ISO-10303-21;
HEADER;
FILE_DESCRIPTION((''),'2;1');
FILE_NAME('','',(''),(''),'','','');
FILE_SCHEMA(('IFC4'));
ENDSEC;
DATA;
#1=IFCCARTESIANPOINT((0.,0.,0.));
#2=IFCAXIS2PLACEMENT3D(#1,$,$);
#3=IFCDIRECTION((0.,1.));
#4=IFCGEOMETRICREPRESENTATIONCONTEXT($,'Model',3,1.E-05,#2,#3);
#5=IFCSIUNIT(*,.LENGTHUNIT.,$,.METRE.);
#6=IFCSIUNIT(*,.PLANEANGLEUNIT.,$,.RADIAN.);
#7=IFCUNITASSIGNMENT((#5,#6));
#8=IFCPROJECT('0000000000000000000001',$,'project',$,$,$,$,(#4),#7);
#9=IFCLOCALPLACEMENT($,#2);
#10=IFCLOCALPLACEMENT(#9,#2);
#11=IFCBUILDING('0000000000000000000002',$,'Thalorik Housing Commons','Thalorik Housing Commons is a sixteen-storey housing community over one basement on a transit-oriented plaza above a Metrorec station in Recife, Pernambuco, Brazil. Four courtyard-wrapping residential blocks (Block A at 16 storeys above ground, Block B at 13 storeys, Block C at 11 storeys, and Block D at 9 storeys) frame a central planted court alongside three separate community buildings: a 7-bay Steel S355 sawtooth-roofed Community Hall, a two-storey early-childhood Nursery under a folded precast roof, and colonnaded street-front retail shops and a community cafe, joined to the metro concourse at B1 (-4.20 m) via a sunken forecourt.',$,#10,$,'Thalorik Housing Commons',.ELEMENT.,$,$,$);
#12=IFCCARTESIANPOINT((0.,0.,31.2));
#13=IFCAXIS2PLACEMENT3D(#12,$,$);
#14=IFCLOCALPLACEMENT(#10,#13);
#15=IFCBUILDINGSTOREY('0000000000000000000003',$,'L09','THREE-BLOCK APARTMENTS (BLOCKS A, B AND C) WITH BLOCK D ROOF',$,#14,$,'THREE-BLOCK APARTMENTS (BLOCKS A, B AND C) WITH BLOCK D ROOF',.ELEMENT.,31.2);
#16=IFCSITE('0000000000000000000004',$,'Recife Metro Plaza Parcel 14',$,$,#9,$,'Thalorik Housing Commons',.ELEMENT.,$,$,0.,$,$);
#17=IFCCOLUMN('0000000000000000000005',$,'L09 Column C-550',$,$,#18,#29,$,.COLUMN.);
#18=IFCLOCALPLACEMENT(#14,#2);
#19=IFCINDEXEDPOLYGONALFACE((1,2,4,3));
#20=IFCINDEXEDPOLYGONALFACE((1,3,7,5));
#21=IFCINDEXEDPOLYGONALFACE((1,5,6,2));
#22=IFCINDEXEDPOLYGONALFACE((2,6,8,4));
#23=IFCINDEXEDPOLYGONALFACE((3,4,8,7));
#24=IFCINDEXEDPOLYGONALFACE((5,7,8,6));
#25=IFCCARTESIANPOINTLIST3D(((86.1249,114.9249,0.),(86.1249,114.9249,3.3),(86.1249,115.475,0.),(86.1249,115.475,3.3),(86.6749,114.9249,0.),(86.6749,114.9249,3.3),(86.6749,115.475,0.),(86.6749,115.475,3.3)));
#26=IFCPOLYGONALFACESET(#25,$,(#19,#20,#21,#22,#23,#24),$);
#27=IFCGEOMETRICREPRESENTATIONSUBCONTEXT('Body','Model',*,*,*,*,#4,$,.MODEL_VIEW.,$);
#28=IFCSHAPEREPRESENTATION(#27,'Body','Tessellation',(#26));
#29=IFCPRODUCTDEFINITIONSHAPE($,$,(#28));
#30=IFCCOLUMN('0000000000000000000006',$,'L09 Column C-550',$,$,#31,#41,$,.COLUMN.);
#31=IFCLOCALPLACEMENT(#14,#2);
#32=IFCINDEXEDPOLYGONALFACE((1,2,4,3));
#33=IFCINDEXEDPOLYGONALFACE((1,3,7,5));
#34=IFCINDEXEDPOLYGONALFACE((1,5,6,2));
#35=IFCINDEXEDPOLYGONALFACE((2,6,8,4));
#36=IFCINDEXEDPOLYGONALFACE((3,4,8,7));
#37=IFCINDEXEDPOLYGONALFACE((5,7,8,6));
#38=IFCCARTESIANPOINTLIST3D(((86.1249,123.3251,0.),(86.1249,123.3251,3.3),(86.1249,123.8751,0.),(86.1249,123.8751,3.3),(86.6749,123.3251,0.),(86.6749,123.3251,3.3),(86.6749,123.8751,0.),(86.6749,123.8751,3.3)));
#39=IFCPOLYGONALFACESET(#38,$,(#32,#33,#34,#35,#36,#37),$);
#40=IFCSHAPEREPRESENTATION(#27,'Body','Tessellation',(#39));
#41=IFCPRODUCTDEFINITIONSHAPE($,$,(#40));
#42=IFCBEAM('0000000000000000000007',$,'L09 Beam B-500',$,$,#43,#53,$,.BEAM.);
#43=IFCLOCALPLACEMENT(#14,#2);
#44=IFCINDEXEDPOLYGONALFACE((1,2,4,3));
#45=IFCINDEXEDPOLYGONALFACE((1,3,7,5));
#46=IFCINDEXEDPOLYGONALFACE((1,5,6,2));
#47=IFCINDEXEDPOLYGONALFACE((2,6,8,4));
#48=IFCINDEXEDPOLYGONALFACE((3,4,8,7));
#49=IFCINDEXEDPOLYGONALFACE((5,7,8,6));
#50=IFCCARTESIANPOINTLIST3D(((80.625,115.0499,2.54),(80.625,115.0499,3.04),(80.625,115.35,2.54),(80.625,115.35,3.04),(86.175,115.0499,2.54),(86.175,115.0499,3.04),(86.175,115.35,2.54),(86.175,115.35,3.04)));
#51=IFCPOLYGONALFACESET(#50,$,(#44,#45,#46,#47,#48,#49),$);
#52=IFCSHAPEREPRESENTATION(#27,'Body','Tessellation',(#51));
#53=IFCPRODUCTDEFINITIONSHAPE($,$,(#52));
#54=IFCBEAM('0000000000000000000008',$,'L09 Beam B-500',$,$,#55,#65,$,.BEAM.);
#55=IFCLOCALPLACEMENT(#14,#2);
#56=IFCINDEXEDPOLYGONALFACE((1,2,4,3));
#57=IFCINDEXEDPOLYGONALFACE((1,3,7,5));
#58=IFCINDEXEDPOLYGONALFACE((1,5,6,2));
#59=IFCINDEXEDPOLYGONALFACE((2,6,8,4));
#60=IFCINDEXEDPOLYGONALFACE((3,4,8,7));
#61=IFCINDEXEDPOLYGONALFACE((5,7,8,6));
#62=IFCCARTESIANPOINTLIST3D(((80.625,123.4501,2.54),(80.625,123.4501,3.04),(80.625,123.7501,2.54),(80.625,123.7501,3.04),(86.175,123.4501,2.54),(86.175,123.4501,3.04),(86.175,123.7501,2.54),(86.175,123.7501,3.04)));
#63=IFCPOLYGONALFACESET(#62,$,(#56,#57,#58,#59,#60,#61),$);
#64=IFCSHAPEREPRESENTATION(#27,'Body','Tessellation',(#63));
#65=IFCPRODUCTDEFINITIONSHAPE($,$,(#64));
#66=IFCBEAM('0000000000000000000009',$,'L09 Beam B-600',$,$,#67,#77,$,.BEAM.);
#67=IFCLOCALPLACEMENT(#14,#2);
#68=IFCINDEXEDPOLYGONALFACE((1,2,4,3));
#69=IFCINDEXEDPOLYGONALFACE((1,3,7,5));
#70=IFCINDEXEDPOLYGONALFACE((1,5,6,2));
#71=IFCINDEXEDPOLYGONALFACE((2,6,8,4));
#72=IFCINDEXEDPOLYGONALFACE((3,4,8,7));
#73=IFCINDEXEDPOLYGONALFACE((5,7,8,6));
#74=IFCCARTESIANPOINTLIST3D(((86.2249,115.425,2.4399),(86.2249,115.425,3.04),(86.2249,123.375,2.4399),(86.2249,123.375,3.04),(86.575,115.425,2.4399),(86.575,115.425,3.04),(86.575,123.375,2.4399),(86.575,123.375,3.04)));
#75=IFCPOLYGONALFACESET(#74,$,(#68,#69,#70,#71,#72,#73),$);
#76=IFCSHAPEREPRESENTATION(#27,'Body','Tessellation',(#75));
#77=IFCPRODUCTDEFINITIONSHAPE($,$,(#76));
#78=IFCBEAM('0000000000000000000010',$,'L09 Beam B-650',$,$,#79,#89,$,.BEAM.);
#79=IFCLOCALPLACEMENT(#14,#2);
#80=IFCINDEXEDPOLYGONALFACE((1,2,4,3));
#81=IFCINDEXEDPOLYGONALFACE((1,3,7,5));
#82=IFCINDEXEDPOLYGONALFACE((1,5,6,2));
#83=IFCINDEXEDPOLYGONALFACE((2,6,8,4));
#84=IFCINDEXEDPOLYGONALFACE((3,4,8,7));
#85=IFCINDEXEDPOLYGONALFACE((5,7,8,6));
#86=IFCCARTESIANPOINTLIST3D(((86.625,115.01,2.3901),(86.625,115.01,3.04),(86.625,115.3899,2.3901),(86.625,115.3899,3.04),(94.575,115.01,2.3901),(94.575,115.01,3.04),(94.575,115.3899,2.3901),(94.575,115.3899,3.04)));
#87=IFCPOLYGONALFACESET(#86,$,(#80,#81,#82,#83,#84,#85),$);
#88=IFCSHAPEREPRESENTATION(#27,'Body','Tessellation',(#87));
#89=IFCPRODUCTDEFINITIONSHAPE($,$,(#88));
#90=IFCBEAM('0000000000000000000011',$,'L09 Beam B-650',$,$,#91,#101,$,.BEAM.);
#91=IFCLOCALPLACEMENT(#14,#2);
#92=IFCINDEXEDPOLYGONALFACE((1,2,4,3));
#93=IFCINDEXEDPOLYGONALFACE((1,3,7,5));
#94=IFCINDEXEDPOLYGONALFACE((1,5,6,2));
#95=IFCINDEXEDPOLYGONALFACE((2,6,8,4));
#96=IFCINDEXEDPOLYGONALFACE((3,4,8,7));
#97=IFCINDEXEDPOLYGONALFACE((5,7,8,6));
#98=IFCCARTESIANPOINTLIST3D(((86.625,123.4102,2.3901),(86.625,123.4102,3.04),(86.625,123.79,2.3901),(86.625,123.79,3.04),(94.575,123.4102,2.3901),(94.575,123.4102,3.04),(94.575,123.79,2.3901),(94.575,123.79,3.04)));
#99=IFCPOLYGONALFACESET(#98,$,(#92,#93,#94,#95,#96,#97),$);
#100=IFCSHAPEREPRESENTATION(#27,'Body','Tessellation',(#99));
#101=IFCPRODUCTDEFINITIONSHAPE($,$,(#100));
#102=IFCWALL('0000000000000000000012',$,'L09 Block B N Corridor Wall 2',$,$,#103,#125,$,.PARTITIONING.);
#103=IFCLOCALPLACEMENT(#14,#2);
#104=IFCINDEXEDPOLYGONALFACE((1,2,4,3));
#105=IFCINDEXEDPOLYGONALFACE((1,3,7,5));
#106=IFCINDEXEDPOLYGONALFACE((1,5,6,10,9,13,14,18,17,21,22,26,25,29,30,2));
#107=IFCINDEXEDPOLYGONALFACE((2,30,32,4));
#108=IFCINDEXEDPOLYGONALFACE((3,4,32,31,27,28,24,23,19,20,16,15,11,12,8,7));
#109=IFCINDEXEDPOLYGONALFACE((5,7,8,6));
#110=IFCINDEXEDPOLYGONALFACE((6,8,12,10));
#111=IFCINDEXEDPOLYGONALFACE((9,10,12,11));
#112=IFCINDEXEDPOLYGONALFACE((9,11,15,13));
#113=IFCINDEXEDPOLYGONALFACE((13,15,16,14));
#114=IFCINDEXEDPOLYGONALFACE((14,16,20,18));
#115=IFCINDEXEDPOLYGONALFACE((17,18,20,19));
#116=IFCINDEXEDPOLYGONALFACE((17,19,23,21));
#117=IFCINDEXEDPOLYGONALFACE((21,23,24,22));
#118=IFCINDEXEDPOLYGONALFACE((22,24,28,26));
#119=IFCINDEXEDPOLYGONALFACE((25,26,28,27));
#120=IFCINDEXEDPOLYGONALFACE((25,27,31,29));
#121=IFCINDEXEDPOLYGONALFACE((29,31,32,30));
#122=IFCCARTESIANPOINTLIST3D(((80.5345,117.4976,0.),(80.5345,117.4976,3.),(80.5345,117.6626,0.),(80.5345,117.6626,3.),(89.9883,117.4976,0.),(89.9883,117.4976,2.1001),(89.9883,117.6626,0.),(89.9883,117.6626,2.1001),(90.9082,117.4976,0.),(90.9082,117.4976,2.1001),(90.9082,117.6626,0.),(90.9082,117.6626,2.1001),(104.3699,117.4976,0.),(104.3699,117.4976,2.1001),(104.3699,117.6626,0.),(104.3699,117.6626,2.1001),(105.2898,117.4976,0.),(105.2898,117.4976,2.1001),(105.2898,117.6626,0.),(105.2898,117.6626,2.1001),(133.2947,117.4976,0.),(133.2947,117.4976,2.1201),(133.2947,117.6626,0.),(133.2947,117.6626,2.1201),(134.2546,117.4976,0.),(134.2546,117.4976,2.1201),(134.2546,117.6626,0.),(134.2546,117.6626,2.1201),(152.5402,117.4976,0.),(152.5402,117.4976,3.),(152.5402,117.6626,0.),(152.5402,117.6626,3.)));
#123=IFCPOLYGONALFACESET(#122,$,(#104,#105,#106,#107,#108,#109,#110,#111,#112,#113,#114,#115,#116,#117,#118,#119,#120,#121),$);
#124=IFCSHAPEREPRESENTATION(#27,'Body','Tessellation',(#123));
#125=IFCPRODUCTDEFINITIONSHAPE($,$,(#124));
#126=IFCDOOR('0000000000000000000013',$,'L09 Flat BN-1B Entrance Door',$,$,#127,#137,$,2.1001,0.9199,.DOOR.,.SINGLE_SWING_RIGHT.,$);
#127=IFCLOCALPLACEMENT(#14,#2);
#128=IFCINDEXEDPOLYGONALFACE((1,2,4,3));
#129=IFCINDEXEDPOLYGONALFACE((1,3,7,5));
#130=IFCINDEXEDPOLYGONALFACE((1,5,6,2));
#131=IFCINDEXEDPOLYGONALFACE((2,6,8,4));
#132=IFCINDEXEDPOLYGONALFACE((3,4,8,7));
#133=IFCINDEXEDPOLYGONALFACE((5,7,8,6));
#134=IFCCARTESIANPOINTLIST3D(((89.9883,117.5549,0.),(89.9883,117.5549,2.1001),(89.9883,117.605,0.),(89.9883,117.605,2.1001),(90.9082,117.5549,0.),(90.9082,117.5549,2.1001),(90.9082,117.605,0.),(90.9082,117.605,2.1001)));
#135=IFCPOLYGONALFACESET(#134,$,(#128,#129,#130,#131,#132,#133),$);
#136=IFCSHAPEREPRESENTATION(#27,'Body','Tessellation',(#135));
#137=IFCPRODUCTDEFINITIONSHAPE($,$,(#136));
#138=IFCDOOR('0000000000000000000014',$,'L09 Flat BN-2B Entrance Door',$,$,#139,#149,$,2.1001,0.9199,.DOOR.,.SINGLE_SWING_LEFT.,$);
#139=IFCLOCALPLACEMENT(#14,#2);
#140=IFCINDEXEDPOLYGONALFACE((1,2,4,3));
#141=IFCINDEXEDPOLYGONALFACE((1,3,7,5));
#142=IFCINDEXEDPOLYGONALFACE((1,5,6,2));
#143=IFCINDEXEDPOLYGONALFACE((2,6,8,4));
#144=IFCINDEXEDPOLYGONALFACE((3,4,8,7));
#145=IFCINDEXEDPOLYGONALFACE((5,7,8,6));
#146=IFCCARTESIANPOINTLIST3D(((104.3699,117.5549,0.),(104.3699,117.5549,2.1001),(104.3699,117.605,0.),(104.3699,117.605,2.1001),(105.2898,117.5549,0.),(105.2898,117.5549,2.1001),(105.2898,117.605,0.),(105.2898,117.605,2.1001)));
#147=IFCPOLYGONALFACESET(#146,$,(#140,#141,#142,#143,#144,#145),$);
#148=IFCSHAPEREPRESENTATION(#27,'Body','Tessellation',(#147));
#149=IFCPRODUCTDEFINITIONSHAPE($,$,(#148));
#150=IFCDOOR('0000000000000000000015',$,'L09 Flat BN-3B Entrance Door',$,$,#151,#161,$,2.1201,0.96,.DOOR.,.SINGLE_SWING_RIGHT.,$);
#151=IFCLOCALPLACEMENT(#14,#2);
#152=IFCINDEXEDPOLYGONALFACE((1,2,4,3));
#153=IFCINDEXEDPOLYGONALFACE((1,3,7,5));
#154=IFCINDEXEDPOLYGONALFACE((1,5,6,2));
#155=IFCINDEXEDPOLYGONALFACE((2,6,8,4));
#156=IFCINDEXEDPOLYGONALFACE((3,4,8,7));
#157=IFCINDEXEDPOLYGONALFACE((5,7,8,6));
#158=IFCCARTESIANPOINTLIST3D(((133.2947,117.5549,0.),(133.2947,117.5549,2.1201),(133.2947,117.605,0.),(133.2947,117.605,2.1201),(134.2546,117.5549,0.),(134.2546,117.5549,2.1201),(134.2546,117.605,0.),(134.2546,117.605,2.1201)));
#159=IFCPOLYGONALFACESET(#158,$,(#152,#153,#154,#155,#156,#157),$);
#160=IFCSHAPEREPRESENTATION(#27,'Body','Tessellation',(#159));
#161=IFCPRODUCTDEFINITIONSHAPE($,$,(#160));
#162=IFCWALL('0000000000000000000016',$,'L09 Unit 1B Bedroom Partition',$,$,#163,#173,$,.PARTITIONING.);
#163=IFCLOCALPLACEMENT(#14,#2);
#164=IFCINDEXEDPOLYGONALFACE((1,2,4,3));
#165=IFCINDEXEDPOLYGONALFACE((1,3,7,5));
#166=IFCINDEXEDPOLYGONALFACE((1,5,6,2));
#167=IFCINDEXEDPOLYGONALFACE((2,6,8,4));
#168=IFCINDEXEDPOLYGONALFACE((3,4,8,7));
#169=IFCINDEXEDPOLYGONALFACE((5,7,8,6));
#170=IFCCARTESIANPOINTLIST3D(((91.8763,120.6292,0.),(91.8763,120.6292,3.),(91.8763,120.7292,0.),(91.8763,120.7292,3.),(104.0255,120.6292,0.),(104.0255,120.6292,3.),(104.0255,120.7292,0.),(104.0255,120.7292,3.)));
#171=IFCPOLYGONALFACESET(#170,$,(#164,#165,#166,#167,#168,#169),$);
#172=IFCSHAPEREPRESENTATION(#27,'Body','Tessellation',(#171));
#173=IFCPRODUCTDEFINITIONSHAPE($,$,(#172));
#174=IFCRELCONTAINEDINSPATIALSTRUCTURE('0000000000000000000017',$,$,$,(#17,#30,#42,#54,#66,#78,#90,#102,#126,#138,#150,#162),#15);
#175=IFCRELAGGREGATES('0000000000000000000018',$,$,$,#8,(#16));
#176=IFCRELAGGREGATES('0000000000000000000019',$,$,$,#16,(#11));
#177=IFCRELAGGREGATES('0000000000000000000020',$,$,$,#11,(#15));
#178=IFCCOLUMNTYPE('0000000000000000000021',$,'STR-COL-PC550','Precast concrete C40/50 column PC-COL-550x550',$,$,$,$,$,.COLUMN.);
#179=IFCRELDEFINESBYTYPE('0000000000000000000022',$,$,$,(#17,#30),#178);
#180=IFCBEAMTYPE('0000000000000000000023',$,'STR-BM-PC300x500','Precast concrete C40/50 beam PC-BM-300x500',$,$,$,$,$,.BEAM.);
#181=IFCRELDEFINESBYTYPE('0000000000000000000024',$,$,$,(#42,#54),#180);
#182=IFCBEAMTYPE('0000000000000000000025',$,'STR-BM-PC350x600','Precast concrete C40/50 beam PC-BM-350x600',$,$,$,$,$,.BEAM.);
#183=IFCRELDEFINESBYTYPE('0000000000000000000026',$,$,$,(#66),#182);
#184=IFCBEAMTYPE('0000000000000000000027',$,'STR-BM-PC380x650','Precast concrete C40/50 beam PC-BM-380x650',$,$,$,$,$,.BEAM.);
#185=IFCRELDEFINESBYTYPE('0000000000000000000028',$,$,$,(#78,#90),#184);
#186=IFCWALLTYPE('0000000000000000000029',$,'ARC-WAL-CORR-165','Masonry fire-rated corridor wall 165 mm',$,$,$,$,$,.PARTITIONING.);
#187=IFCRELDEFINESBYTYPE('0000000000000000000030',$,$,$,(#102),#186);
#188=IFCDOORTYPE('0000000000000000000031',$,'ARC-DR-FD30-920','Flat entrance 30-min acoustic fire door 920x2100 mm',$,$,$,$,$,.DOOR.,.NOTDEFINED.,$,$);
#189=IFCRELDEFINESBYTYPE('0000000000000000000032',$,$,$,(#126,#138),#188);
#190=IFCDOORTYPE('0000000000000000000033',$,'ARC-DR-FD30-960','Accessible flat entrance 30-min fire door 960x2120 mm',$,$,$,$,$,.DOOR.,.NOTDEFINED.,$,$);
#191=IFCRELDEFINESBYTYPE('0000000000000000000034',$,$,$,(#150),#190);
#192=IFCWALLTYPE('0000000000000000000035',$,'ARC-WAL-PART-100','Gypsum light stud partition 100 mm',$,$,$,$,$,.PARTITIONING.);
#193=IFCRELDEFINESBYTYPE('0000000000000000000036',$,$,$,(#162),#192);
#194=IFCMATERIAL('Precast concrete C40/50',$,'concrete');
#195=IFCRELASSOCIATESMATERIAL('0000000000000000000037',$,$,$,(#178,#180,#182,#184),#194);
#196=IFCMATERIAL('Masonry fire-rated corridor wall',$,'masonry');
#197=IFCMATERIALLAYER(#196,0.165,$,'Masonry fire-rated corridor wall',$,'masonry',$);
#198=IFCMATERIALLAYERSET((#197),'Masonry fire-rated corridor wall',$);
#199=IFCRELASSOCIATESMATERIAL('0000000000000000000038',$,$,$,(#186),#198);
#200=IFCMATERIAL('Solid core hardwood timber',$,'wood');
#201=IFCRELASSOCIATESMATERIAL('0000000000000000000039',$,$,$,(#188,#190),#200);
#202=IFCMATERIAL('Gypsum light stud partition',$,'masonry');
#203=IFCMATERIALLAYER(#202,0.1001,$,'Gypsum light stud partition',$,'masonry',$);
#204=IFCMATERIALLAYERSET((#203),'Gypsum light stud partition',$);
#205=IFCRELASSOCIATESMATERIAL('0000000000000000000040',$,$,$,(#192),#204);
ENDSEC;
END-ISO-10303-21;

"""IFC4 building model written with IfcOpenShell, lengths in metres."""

from ifc_helpers import new_model, si_unit, direction, frame, frame_2d, origin, origin_2d, place, context, subcontext, project, spatial, rectangle, extrude, material, layer, layer_set, material_profile, profile_set, type_object, element, fill, save


model = new_model("IFC4")

# Units and contexts
model_context = context("Model", 3, precision=1e-05, world=origin(), true_north=direction((0.0, 1.0)))
body_context = subcontext(model_context, "Body", "Model", "MODEL_VIEW")
ifc_project = project(units=[si_unit("LENGTHUNIT", "METRE"), si_unit("PLANEANGLEUNIT", "RADIAN")], contexts=[model_context])

# Site, building, storey
site_placement = place(None, origin())
site = spatial("IfcSite", under=ifc_project, at=site_placement, Name="Recife Metro Plaza Parcel 14", LongName="Thalorik Housing Commons", CompositionType="ELEMENT", RefElevation=0.0)
building_placement = place(site_placement, origin())
building = spatial("IfcBuilding", under=site, at=building_placement, Name="Thalorik Housing Commons", Description="Thalorik Housing Commons is a sixteen-storey housing community over one basement on a transit-oriented plaza above a Metrorec station in Recife, Pernambuco, Brazil. Four courtyard-wrapping residential blocks (Block A at 16 storeys above ground, Block B at 13 storeys, Block C at 11 storeys, and Block D at 9 storeys) frame a central planted court alongside three separate community buildings: a 7-bay Steel S355 sawtooth-roofed Community Hall, a two-storey early-childhood Nursery under a folded precast roof, and colonnaded street-front retail shops and a community cafe, joined to the metro concourse at B1 (-4.20 m) via a sunken forecourt.", LongName="Thalorik Housing Commons", CompositionType="ELEMENT")
storey_placement = place(building_placement, frame((0.0, 0.0, 31.2)))
storey = spatial("IfcBuildingStorey", under=building, at=storey_placement, Name="L09", Description="THREE-BLOCK APARTMENTS (BLOCKS A, B AND C) WITH BLOCK D ROOF", LongName="THREE-BLOCK APARTMENTS (BLOCKS A, B AND C) WITH BLOCK D ROOF", CompositionType="ELEMENT", Elevation=31.2)

# Columns
ifc_material_1 = material(Name="Precast concrete C40/50", Category="concrete")
ifc_material_profile_1 = material_profile(ifc_material_1, rectangle(XDim=0.55, YDim=0.55, at=origin_2d()), Name="PC 550x550", Category="concrete")
ifc_profile_set_1 = profile_set([ifc_material_profile_1], Name="Precast concrete C40/50")
column_type = type_object("IfcColumnType", Name="STR-COL-PC550", Description="Precast concrete C40/50 column PC-COL-550x550", PredefinedType="COLUMN", material=ifc_profile_set_1)
for number, where, z_axis, x_axis, name in (
    (1, (86.3999, 115.2, 0.0), (0.0, 0.0, 1.0), (1.0, 0.0, 0.0), "L09 Column C-550"),
    (2, (86.3999, 123.6001, 0.0), (0.0, 0.0, 1.0), (1.0, 0.0, 0.0), "L09 Column C-550"),
):
    element("IfcColumn", number, at=place(storey_placement, frame(where, z_axis=z_axis, x_axis=x_axis)), inside=storey, type_object=column_type, Name=name, PredefinedType="COLUMN", context=body_context, shape_type="SweptSolid", body=[
        extrude(rectangle(XDim=0.55, YDim=0.55, at=origin_2d()), origin(), (0.0, 0.0, 1.0), 3.3),
    ])

# Beams
ifc_material_profile_2 = material_profile(ifc_material_1, rectangle(XDim=0.3, YDim=0.5, at=origin_2d()), Name="PC 300x500", Category="concrete")
ifc_profile_set_2 = profile_set([ifc_material_profile_2], Name="Precast concrete C40/50")
beam_type_1 = type_object("IfcBeamType", Name="STR-BM-PC300x500", Description="Precast concrete C40/50 beam PC-BM-300x500", PredefinedType="BEAM", material=ifc_profile_set_2)
for number, where, z_axis, x_axis, name in (
    (3, (80.625, 115.2, 2.79), (1.0, 0.0, 0.0), (0.0, 1.0, 0.0), "L09 Beam B-500"),
    (4, (80.625, 123.6001, 2.79), (1.0, 0.0, 0.0), (0.0, 1.0, 0.0), "L09 Beam B-500"),
):
    element("IfcBeam", number, at=place(storey_placement, frame(where, z_axis=z_axis, x_axis=x_axis)), inside=storey, type_object=beam_type_1, Name=name, PredefinedType="BEAM", context=body_context, shape_type="SweptSolid", body=[
        extrude(rectangle(XDim=0.3, YDim=0.5, at=origin_2d()), origin(), (0.0, 0.0, 1.0), 5.55),
    ])
ifc_material_profile_3 = material_profile(ifc_material_1, rectangle(XDim=0.3501, YDim=0.6001, at=origin_2d()), Name="PC 350x600", Category="concrete")
ifc_profile_set_3 = profile_set([ifc_material_profile_3], Name="Precast concrete C40/50")
beam_type_2 = type_object("IfcBeamType", Name="STR-BM-PC350x600", Description="Precast concrete C40/50 beam PC-BM-350x600", PredefinedType="BEAM", material=ifc_profile_set_3)
beam_placement = place(storey_placement, frame((86.3999, 115.425, 2.74), z_axis=(0.0, 1.0, 0.0), x_axis=(-1.0, 0.0, 0.0)))
element("IfcBeam", 5, at=beam_placement, inside=storey, type_object=beam_type_2, Name="L09 Beam B-600", PredefinedType="BEAM", context=body_context, shape_type="SweptSolid", body=[
    extrude(rectangle(XDim=0.3501, YDim=0.6001, at=origin_2d()), origin(), (0.0, 0.0, 1.0), 7.95),
])
ifc_material_profile_4 = material_profile(ifc_material_1, rectangle(XDim=0.3799, YDim=0.6499, at=origin_2d()), Name="PC 380x650", Category="concrete")
ifc_profile_set_4 = profile_set([ifc_material_profile_4], Name="Precast concrete C40/50")
beam_type_3 = type_object("IfcBeamType", Name="STR-BM-PC380x650", Description="Precast concrete C40/50 beam PC-BM-380x650", PredefinedType="BEAM", material=ifc_profile_set_4)
for number, where, z_axis, x_axis, name in (
    (6, (86.625, 115.2, 2.7151), (1.0, 0.0, 0.0), (0.0, 1.0, 0.0), "L09 Beam B-650"),
    (7, (86.625, 123.6001, 2.7151), (1.0, 0.0, 0.0), (0.0, 1.0, 0.0), "L09 Beam B-650"),
):
    element("IfcBeam", number, at=place(storey_placement, frame(where, z_axis=z_axis, x_axis=x_axis)), inside=storey, type_object=beam_type_3, Name=name, PredefinedType="BEAM", context=body_context, shape_type="SweptSolid", body=[
        extrude(rectangle(XDim=0.3799, YDim=0.6499, at=origin_2d()), origin(), (0.0, 0.0, 1.0), 7.95),
    ])

# Wall, openings, doors
ifc_material_2 = material(Name="Masonry fire-rated corridor wall", Category="masonry")
ifc_layer_1 = layer(ifc_material_2, 0.165, Name="Masonry fire-rated corridor wall", Category="masonry")
ifc_layer_set_1 = layer_set([ifc_layer_1], Name="Masonry fire-rated corridor wall")
wall_type_1 = type_object("IfcWallType", Name="ARC-WAL-CORR-165", Description="Masonry fire-rated corridor wall 165 mm", PredefinedType="PARTITIONING", material=ifc_layer_set_1)
wall_1_placement = place(storey_placement, frame((80.5344, 117.5801, 0.0), z_axis=(0.0, 0.0, 1.0), x_axis=(1.0, 0.0, 0.0)))
wall_1 = element("IfcWall", 8, at=wall_1_placement, inside=storey, type_object=wall_type_1, Name="L09 Block B N Corridor Wall 2", PredefinedType="PARTITIONING", context=body_context, shape_type="SweptSolid", body=[
    extrude(rectangle(XDim=72.0056, YDim=0.165, at=frame_2d((36.0029, 0.0))), origin(), (0.0, 0.0, 1.0), 3.0),
])
opening_1_placement = place(wall_1_placement, frame((9.4539, 0.0, 0.0)))
opening_1 = element("IfcOpeningElement", 9, at=opening_1_placement, cuts=wall_1, PredefinedType="OPENING", context=body_context, shape_type="SweptSolid", body=[
    extrude(rectangle(XDim=0.9199, YDim=2.1001, at=frame_2d((0.46, 1.05))), frame((0.0, 0.0925, 0.0), z_axis=(0.0, -1.0, 0.0), x_axis=(1.0, 0.0, 0.0)), (0.0, 0.0, 1.0), 0.1851),
])
opening_2_placement = place(wall_1_placement, frame((23.8354, 0.0, 0.0)))
opening_2 = element("IfcOpeningElement", 10, at=opening_2_placement, cuts=wall_1, PredefinedType="OPENING", context=body_context, shape_type="SweptSolid", body=[
    extrude(rectangle(XDim=0.9199, YDim=2.1001, at=frame_2d((0.46, 1.05))), frame((0.0, 0.0925, 0.0), z_axis=(0.0, -1.0, 0.0), x_axis=(1.0, 0.0, 0.0)), (0.0, 0.0, 1.0), 0.1851),
])
opening_3_placement = place(wall_1_placement, frame((52.7603, 0.0, 0.0)))
opening_3 = element("IfcOpeningElement", 11, at=opening_3_placement, cuts=wall_1, PredefinedType="OPENING", context=body_context, shape_type="SweptSolid", body=[
    extrude(rectangle(XDim=0.96, YDim=2.1201, at=frame_2d((0.48, 1.0601))), frame((0.0, 0.0925, 0.0), z_axis=(0.0, -1.0, 0.0), x_axis=(1.0, 0.0, 0.0)), (0.0, 0.0, 1.0), 0.1851),
])
ifc_material_3 = material(Name="Solid core hardwood timber", Category="wood")
door_type_1 = type_object("IfcDoorType", Name="ARC-DR-FD30-920", Description="Flat entrance 30-min acoustic fire door 920x2100 mm", OperationType="NOTDEFINED", PredefinedType="DOOR", material=ifc_material_3)
door_1_placement = place(opening_1_placement, origin())
door_1 = element("IfcDoor", 12, at=door_1_placement, inside=storey, type_object=door_type_1, Name="L09 Flat BN-1B Entrance Door", OperationType="SINGLE_SWING_RIGHT", OverallHeight=2.1001, OverallWidth=0.9199, PredefinedType="DOOR", context=body_context, shape_type="SweptSolid", body=[
    extrude(rectangle(XDim=0.9199, YDim=2.1001, at=frame_2d((0.46, 1.05))), frame((0.0, 0.0249, 0.0), z_axis=(0.0, -1.0, 0.0), x_axis=(1.0, 0.0, 0.0)), (0.0, 0.0, 1.0), 0.05),
])
fill(opening_1, door_1)
door_2_placement = place(opening_2_placement, origin())
door_2 = element("IfcDoor", 13, at=door_2_placement, inside=storey, type_object=door_type_1, Name="L09 Flat BN-2B Entrance Door", OperationType="SINGLE_SWING_LEFT", OverallHeight=2.1001, OverallWidth=0.9199, PredefinedType="DOOR", context=body_context, shape_type="SweptSolid", body=[
    extrude(rectangle(XDim=0.9199, YDim=2.1001, at=frame_2d((0.46, 1.05))), frame((0.0, 0.0249, 0.0), z_axis=(0.0, -1.0, 0.0), x_axis=(1.0, 0.0, 0.0)), (0.0, 0.0, 1.0), 0.05),
])
fill(opening_2, door_2)
door_type_2 = type_object("IfcDoorType", Name="ARC-DR-FD30-960", Description="Accessible flat entrance 30-min fire door 960x2120 mm", OperationType="NOTDEFINED", PredefinedType="DOOR", material=ifc_material_3)
door_3_placement = place(opening_3_placement, origin())
door_3 = element("IfcDoor", 14, at=door_3_placement, inside=storey, type_object=door_type_2, Name="L09 Flat BN-3B Entrance Door", OperationType="SINGLE_SWING_RIGHT", OverallHeight=2.1201, OverallWidth=0.96, PredefinedType="DOOR", context=body_context, shape_type="SweptSolid", body=[
    extrude(rectangle(XDim=0.96, YDim=2.1201, at=frame_2d((0.48, 1.0601))), frame((0.0, 0.0249, 0.0), z_axis=(0.0, -1.0, 0.0), x_axis=(1.0, 0.0, 0.0)), (0.0, 0.0, 1.0), 0.05),
])
fill(opening_3, door_3)

# Wall
ifc_material_4 = material(Name="Gypsum light stud partition", Category="masonry")
ifc_layer_2 = layer(ifc_material_4, 0.1001, Name="Gypsum light stud partition", Category="masonry")
ifc_layer_set_2 = layer_set([ifc_layer_2], Name="Gypsum light stud partition")
wall_type_2 = type_object("IfcWallType", Name="ARC-WAL-PART-100", Description="Gypsum light stud partition 100 mm", PredefinedType="PARTITIONING", material=ifc_layer_set_2)
wall_2_placement = place(storey_placement, frame((91.8762, 120.6792, 0.0), z_axis=(0.0, 0.0, 1.0), x_axis=(1.0, 0.0, 0.0)))
element("IfcWall", 15, at=wall_2_placement, inside=storey, type_object=wall_type_2, Name="L09 Unit 1B Bedroom Partition", PredefinedType="PARTITIONING", context=body_context, shape_type="SweptSolid", body=[
    extrude(rectangle(XDim=12.1492, YDim=0.1001, at=frame_2d((6.0747, 0.0))), origin(), (0.0, 0.0, 1.0), 3.0),
])

save(model, "model.ifc")
